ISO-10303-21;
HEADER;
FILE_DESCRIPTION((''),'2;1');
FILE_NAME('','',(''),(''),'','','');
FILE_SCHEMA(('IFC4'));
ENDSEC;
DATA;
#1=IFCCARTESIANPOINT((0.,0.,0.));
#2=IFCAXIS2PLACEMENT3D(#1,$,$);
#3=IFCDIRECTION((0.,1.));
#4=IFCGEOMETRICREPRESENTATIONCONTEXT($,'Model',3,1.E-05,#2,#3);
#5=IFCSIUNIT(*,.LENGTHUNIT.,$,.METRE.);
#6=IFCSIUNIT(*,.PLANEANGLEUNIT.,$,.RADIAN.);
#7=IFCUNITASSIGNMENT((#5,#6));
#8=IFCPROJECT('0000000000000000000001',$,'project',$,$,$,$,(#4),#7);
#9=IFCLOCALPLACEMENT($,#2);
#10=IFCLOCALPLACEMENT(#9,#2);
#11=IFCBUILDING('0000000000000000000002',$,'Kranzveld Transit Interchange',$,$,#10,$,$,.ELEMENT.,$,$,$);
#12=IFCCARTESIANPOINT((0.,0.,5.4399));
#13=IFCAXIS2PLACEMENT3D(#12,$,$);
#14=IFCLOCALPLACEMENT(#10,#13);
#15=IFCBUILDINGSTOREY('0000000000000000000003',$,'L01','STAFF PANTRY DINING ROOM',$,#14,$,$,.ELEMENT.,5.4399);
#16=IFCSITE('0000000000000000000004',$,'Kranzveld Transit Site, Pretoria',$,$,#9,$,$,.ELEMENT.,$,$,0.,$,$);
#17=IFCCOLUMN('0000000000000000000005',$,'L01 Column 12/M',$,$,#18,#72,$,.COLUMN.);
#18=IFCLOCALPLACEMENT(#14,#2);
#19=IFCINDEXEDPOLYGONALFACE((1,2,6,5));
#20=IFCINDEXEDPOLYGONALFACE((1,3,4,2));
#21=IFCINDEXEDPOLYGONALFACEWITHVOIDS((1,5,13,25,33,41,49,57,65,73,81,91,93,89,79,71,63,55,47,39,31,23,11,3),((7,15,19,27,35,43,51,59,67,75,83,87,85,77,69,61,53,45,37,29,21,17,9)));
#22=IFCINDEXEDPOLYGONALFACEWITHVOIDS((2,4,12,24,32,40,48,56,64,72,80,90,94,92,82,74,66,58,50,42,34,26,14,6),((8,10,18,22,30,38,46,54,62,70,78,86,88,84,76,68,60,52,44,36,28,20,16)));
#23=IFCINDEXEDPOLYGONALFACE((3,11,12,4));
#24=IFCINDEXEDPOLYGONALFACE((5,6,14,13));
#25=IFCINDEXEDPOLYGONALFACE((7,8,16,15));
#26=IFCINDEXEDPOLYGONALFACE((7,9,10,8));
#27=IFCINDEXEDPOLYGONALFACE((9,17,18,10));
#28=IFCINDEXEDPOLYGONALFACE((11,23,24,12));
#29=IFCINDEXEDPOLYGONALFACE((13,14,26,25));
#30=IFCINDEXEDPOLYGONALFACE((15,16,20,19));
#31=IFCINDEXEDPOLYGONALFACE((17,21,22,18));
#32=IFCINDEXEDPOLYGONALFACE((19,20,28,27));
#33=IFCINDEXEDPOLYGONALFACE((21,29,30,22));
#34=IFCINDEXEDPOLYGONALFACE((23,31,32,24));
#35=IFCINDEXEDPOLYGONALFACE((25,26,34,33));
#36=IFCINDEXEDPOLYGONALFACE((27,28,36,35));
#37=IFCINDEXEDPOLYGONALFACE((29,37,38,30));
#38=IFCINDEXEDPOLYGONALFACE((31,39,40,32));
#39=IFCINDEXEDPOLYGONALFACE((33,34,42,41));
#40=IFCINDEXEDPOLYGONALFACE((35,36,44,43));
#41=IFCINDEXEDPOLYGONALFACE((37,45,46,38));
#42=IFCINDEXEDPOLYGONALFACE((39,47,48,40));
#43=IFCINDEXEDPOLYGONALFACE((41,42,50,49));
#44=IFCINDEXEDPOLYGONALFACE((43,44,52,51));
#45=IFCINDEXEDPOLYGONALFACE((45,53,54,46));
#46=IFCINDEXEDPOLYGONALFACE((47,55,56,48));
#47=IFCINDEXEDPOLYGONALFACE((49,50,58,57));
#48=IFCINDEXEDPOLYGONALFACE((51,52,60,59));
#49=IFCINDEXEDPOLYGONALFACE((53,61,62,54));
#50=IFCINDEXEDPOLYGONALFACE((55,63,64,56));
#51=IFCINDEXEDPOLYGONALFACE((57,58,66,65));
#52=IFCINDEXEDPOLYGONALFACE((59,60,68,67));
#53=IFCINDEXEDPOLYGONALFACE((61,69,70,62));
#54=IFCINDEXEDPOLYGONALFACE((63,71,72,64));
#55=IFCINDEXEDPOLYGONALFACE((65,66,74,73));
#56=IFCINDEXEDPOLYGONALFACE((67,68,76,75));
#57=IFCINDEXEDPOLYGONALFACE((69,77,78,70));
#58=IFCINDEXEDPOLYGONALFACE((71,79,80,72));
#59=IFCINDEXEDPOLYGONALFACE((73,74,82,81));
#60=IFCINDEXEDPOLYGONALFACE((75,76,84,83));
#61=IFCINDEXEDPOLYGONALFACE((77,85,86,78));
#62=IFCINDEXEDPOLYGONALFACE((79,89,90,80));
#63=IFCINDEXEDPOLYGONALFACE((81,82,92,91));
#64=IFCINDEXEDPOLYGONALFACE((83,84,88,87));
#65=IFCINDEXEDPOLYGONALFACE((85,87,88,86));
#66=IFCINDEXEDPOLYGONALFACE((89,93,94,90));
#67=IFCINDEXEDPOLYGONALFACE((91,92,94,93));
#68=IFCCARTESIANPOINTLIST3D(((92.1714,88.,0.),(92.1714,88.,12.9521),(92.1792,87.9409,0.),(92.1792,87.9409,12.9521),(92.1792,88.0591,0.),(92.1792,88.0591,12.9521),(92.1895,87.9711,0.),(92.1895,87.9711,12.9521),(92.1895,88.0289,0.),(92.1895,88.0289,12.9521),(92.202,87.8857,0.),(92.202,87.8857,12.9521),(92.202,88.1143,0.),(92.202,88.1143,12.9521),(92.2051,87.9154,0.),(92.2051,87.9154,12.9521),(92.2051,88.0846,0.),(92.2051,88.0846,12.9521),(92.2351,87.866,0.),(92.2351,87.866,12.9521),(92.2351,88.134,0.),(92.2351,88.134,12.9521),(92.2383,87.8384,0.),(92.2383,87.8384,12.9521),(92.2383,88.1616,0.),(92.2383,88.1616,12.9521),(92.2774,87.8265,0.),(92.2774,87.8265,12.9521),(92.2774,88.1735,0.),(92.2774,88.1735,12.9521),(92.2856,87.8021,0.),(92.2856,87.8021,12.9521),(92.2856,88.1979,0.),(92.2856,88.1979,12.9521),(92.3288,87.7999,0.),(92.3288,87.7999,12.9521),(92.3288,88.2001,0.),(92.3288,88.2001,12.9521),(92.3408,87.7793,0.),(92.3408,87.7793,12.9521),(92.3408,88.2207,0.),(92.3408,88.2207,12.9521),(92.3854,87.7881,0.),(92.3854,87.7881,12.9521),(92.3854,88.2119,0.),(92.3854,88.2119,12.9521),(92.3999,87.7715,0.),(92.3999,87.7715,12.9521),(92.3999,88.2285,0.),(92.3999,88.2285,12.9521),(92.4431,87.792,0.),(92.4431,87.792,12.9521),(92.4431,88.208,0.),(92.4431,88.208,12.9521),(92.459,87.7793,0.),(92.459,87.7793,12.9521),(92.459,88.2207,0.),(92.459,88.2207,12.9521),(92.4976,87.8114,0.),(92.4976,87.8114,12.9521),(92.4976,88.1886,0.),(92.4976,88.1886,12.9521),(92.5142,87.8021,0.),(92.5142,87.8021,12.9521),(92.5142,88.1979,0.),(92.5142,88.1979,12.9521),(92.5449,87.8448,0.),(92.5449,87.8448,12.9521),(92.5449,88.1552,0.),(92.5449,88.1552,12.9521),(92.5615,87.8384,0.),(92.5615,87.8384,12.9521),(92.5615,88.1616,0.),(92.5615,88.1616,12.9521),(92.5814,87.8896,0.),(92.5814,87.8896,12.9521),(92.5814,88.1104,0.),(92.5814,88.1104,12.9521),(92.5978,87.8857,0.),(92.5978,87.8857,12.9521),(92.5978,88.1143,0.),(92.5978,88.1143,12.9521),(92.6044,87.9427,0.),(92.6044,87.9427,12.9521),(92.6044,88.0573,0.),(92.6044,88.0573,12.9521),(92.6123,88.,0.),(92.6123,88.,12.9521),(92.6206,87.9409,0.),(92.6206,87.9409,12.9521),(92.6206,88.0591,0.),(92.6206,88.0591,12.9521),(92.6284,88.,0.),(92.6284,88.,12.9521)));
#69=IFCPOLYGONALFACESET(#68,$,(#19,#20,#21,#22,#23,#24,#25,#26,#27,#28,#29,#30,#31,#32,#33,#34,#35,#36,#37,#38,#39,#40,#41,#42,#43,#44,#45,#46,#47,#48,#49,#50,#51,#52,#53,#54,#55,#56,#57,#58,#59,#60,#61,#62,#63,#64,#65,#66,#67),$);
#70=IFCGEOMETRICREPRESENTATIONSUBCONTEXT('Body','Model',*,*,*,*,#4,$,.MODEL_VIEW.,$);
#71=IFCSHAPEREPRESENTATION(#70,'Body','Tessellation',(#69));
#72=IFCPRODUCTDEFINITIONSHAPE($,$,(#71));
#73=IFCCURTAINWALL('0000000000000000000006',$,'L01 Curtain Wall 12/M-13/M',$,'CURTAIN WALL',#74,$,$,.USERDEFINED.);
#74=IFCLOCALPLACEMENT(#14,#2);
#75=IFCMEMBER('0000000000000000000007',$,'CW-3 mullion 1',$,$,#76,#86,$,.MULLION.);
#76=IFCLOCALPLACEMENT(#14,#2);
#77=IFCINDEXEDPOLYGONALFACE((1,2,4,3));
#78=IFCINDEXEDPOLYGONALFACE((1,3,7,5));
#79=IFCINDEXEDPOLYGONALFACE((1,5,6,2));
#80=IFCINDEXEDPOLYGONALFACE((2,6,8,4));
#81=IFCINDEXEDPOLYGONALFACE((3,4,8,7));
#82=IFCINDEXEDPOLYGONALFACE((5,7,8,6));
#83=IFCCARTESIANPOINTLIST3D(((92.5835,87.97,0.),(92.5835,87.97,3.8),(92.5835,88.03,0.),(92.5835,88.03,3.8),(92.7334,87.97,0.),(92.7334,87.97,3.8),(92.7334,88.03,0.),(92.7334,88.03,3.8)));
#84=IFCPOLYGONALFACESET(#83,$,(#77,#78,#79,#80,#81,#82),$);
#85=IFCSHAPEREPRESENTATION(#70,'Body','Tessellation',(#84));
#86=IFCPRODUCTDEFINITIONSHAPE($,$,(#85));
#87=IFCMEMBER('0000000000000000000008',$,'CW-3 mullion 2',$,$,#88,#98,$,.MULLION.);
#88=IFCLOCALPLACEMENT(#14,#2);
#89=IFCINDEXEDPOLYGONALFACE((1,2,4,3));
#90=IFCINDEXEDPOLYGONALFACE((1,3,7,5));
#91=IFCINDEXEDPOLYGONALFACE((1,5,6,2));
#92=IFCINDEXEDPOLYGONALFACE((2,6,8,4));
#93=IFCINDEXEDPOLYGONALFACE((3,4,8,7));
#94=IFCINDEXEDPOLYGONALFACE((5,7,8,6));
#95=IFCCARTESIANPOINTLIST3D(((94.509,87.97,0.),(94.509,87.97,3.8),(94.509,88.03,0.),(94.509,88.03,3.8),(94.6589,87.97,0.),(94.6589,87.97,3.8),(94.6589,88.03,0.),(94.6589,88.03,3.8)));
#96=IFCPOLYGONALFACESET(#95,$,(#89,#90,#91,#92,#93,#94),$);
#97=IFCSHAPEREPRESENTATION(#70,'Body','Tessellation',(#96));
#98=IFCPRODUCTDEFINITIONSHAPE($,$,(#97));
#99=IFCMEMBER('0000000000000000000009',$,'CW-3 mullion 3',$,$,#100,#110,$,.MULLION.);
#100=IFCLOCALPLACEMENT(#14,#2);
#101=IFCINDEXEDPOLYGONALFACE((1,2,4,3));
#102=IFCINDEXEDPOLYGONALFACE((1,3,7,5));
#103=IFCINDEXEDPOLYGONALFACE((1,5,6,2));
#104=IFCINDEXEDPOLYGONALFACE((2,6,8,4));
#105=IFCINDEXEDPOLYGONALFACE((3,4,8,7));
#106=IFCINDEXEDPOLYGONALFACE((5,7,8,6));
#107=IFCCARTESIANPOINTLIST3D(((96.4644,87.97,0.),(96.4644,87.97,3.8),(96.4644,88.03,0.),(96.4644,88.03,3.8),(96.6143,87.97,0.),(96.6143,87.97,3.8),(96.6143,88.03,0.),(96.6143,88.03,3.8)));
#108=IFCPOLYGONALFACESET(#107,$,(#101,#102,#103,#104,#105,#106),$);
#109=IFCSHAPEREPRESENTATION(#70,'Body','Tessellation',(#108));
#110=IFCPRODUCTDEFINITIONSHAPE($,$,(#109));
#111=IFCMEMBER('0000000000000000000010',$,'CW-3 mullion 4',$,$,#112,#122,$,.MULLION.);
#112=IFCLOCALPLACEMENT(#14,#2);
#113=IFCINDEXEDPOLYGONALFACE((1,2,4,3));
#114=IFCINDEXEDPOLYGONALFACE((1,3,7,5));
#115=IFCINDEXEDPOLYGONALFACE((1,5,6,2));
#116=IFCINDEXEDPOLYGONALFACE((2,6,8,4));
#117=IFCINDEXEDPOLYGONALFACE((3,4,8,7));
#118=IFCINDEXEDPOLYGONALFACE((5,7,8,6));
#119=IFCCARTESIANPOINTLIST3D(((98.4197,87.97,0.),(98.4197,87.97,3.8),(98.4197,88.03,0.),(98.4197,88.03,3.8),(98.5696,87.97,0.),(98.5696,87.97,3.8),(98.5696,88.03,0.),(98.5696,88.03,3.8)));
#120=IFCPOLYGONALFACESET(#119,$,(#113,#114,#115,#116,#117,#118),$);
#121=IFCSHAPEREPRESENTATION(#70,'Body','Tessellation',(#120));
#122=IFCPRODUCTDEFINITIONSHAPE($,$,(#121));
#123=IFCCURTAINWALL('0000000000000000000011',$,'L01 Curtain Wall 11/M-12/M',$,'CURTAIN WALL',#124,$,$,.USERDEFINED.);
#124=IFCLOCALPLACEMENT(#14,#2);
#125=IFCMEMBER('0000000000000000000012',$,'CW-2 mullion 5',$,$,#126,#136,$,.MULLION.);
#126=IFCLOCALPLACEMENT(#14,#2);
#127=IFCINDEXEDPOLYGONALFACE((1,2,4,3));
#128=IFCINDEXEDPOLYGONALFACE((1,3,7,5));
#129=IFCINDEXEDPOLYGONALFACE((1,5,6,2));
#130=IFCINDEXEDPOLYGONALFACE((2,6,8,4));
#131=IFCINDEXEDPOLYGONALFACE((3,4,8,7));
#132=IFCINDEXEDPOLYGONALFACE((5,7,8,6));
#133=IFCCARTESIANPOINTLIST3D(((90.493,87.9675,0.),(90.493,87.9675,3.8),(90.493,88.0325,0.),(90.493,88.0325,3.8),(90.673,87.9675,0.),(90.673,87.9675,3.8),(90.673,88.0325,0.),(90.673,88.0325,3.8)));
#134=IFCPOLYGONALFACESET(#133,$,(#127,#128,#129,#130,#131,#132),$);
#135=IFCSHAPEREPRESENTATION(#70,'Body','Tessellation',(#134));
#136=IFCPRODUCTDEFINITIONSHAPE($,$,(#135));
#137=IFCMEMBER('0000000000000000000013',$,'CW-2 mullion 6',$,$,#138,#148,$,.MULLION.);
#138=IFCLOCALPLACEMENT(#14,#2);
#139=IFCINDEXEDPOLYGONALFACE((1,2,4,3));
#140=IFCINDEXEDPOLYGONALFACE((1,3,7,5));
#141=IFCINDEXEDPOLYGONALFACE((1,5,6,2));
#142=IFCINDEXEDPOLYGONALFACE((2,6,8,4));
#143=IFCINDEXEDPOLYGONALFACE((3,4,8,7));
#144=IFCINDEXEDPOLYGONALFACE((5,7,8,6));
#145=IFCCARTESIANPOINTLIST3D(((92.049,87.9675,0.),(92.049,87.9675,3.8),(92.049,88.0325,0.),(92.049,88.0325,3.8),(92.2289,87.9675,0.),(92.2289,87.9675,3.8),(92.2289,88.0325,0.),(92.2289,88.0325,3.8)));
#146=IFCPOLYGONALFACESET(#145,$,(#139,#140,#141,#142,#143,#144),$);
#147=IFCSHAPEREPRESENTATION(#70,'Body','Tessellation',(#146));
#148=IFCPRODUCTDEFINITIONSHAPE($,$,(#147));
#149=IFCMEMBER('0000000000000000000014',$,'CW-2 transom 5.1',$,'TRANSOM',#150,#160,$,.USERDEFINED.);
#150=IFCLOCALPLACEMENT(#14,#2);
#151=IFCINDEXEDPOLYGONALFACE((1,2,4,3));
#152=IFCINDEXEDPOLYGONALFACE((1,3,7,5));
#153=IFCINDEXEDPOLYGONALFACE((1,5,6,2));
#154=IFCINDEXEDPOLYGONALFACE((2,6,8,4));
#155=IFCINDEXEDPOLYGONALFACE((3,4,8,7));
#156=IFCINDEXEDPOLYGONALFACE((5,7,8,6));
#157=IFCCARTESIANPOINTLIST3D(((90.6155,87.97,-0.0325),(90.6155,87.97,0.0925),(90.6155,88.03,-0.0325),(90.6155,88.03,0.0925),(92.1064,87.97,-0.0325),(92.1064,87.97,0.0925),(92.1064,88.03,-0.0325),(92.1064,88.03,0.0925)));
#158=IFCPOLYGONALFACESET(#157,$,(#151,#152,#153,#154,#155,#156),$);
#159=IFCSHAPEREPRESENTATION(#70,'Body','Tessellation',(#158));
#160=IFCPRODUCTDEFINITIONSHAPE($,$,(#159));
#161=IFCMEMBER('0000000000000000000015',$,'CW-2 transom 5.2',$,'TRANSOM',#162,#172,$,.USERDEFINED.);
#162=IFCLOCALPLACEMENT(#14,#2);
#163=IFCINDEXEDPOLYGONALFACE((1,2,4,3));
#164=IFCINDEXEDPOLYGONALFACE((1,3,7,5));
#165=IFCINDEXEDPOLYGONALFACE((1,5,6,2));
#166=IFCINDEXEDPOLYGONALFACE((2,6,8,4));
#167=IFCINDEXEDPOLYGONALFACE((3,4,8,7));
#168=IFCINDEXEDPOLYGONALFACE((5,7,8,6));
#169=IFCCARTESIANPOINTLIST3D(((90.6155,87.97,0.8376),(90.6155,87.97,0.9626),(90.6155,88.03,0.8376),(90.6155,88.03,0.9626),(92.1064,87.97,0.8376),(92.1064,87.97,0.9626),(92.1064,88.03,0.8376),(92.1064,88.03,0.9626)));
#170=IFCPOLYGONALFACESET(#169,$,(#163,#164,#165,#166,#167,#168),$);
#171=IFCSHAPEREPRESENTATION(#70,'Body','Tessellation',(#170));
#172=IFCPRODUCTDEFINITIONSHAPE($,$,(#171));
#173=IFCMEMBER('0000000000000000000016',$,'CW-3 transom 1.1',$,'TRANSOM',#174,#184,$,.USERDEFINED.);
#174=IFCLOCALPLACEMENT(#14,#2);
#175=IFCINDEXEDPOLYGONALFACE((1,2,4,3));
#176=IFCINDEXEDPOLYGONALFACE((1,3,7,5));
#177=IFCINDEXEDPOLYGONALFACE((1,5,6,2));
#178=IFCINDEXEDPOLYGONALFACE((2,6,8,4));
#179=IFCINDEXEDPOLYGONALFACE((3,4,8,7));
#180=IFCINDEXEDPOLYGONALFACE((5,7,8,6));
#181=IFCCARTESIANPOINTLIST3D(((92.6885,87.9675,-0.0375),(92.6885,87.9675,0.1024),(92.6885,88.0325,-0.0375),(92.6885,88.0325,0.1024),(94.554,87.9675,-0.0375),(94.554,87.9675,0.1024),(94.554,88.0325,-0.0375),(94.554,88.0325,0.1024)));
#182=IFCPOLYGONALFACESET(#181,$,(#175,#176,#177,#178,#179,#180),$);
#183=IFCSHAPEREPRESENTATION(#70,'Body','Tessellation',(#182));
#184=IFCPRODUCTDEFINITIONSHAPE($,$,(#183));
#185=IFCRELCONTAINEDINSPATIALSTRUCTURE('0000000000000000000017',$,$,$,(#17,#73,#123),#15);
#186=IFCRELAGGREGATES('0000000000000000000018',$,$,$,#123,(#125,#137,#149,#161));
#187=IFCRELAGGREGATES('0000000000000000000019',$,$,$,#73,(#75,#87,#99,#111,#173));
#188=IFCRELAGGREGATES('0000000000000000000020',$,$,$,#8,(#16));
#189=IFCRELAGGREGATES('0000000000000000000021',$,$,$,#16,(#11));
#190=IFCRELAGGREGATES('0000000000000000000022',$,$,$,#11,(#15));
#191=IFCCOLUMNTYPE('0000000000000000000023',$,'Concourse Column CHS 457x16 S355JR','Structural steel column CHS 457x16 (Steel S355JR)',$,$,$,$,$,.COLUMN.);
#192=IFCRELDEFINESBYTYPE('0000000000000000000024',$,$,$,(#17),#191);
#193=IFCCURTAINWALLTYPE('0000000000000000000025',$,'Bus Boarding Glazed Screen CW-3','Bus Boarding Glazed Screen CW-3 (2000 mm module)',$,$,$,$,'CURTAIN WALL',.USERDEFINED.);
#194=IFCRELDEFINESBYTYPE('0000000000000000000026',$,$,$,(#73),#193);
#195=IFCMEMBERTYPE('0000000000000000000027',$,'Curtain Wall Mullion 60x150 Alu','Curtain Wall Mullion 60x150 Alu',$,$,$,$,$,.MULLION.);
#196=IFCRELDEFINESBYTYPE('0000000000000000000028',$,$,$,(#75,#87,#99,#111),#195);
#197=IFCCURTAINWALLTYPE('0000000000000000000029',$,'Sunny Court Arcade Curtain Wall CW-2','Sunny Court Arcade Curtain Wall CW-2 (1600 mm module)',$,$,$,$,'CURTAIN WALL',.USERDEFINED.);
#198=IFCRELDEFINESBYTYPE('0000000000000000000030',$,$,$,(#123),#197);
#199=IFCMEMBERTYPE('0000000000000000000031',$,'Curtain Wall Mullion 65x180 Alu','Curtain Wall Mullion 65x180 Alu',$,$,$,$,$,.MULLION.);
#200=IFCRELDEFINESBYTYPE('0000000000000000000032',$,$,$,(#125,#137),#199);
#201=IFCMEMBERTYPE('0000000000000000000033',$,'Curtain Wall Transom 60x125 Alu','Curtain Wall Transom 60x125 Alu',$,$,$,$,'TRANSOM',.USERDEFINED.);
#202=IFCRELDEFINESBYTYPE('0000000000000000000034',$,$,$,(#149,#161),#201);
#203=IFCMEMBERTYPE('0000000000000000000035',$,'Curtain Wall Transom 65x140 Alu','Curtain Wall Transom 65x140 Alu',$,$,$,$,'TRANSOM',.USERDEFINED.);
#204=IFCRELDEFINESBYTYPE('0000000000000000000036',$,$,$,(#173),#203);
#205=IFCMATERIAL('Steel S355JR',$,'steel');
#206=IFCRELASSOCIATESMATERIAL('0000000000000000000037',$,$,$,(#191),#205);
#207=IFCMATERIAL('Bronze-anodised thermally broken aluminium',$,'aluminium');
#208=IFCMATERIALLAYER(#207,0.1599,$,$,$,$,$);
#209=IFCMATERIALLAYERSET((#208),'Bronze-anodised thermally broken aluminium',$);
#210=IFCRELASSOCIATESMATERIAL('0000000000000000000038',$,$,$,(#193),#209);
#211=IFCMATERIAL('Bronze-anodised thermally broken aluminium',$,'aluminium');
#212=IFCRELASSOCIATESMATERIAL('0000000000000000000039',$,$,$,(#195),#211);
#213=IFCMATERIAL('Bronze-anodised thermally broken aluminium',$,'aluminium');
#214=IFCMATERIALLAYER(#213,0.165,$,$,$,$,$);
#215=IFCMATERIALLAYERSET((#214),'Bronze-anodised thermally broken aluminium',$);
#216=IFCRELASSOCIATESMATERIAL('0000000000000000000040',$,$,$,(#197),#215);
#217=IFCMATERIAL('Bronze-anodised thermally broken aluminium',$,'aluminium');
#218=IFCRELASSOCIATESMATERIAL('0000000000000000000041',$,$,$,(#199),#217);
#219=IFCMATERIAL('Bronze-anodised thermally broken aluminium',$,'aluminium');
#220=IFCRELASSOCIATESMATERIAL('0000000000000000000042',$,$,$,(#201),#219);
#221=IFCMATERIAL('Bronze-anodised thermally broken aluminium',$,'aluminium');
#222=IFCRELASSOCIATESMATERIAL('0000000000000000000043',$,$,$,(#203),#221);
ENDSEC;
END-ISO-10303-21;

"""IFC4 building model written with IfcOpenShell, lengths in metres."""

from ifc_helpers import new_model, si_unit, direction, frame, origin, origin_2d, place, context, subcontext, project, spatial, rectangle, hollow_circle, extrude, material, layer, layer_set, material_profile, profile_set, type_object, element, aggregate, save


model = new_model("IFC4")

# Units and contexts
model_context = context("Model", 3, precision=1e-05, world=origin(), true_north=direction((0.0, 1.0)))
body_context = subcontext(model_context, "Body", "Model", "MODEL_VIEW")
ifc_project = project(units=[si_unit("LENGTHUNIT", "METRE"), si_unit("PLANEANGLEUNIT", "RADIAN")], contexts=[model_context])

# Site, building, storey
site_placement = place(None, origin())
site = spatial("IfcSite", under=ifc_project, at=site_placement, Name="Kranzveld Transit Site, Pretoria", CompositionType="ELEMENT", RefElevation=0.0)
building_placement = place(site_placement, origin())
building = spatial("IfcBuilding", under=site, at=building_placement, Name="Kranzveld Transit Interchange", CompositionType="ELEMENT")
storey_placement = place(building_placement, frame((0.0, 0.0, 5.4399)))
storey = spatial("IfcBuildingStorey", under=building, at=storey_placement, Name="L01", Description="STAFF PANTRY DINING ROOM", CompositionType="ELEMENT", Elevation=5.4399)

# Column
ifc_material_1 = material(Name="Steel S355JR", Category="steel")
ifc_material_profile_1 = material_profile(ifc_material_1, hollow_circle(Radius=0.2285, WallThickness=0.0161, at=origin_2d()), Name="CHS 457x16")
ifc_profile_set_1 = profile_set([ifc_material_profile_1], Name="Steel S355JR")
column_type = type_object("IfcColumnType", Name="Concourse Column CHS 457x16 S355JR", Description="Structural steel column CHS 457x16 (Steel S355JR)", PredefinedType="COLUMN", material=ifc_profile_set_1)
column_placement = place(storey_placement, frame((92.3999, 88.0, 0.0), z_axis=(0.0, 0.0, 1.0), x_axis=(1.0, 0.0, 0.0)))
element("IfcColumn", 1, at=column_placement, inside=storey, type_object=column_type, Name="L01 Column 12/M", PredefinedType="COLUMN", context=body_context, shape_type="SweptSolid", body=[
    extrude(hollow_circle(Radius=0.2285, WallThickness=0.0161, at=origin_2d()), origin(), (0.0, 0.0, 1.0), 12.9521),
])

# Curtain walls, members
ifc_material_2 = material(Name="Bronze-anodised thermally broken aluminium", Category="aluminium")
ifc_layer_1 = layer(ifc_material_2, 0.1599)
ifc_layer_set_1 = layer_set([ifc_layer_1], Name="Bronze-anodised thermally broken aluminium")
curtain_wall_type_1 = type_object("IfcCurtainWallType", Name="Bus Boarding Glazed Screen CW-3", Description="Bus Boarding Glazed Screen CW-3 (2000 mm module)", ElementType="CURTAIN WALL", PredefinedType="USERDEFINED", material=ifc_layer_set_1)
curtain_wall_1_placement = place(storey_placement, origin())
curtain_wall_1 = element("IfcCurtainWall", 2, at=curtain_wall_1_placement, inside=storey, type_object=curtain_wall_type_1, Name="L01 Curtain Wall 12/M-13/M", ObjectType="CURTAIN WALL", PredefinedType="USERDEFINED")
ifc_material_3 = material(Name="Bronze-anodised thermally broken aluminium", Category="aluminium")
ifc_material_profile_2 = material_profile(ifc_material_3, rectangle(XDim=0.0601, YDim=0.1499, at=origin_2d()), Name="ALU MULLION 60x150")
ifc_profile_set_2 = profile_set([ifc_material_profile_2], Name="Bronze-anodised thermally broken aluminium")
member_type_1 = type_object("IfcMemberType", Name="Curtain Wall Mullion 60x150 Alu", Description="Curtain Wall Mullion 60x150 Alu", PredefinedType="MULLION", material=ifc_profile_set_2)
member_1_placement = place(storey_placement, frame((92.6584, 88.0, 0.0), z_axis=(0.0, 0.0, 1.0), x_axis=(0.0, 1.0, 0.0)))
member_1 = element("IfcMember", 3, at=member_1_placement, type_object=member_type_1, Name="CW-3 mullion 1", PredefinedType="MULLION", context=body_context, shape_type="SweptSolid", body=[
    extrude(rectangle(XDim=0.0601, YDim=0.1499, at=origin_2d()), origin(), (0.0, 0.0, 1.0), 3.8),
])
member_2_placement = place(storey_placement, frame((94.584, 88.0, 0.0), z_axis=(0.0, 0.0, 1.0), x_axis=(0.0, 1.0, 0.0)))
member_2 = element("IfcMember", 4, at=member_2_placement, type_object=member_type_1, Name="CW-3 mullion 2", PredefinedType="MULLION", context=body_context, shape_type="SweptSolid", body=[
    extrude(rectangle(XDim=0.0601, YDim=0.1499, at=origin_2d()), origin(), (0.0, 0.0, 1.0), 3.8),
])
member_3_placement = place(storey_placement, frame((96.5393, 88.0, 0.0), z_axis=(0.0, 0.0, 1.0), x_axis=(0.0, 1.0, 0.0)))
member_3 = element("IfcMember", 5, at=member_3_placement, type_object=member_type_1, Name="CW-3 mullion 3", PredefinedType="MULLION", context=body_context, shape_type="SweptSolid", body=[
    extrude(rectangle(XDim=0.0601, YDim=0.1499, at=origin_2d()), origin(), (0.0, 0.0, 1.0), 3.8),
])
member_4_placement = place(storey_placement, frame((98.4946, 88.0, 0.0), z_axis=(0.0, 0.0, 1.0), x_axis=(0.0, 1.0, 0.0)))
member_4 = element("IfcMember", 6, at=member_4_placement, type_object=member_type_1, Name="CW-3 mullion 4", PredefinedType="MULLION", context=body_context, shape_type="SweptSolid", body=[
    extrude(rectangle(XDim=0.0601, YDim=0.1499, at=origin_2d()), origin(), (0.0, 0.0, 1.0), 3.8),
])
ifc_material_4 = material(Name="Bronze-anodised thermally broken aluminium", Category="aluminium")
ifc_layer_2 = layer(ifc_material_4, 0.165)
ifc_layer_set_2 = layer_set([ifc_layer_2], Name="Bronze-anodised thermally broken aluminium")
curtain_wall_type_2 = type_object("IfcCurtainWallType", Name="Sunny Court Arcade Curtain Wall CW-2", Description="Sunny Court Arcade Curtain Wall CW-2 (1600 mm module)", ElementType="CURTAIN WALL", PredefinedType="USERDEFINED", material=ifc_layer_set_2)
curtain_wall_2_placement = place(storey_placement, origin())
curtain_wall_2 = element("IfcCurtainWall", 7, at=curtain_wall_2_placement, inside=storey, type_object=curtain_wall_type_2, Name="L01 Curtain Wall 11/M-12/M", ObjectType="CURTAIN WALL", PredefinedType="USERDEFINED")
ifc_material_5 = material(Name="Bronze-anodised thermally broken aluminium", Category="aluminium")
ifc_material_profile_3 = material_profile(ifc_material_5, rectangle(XDim=0.0649, YDim=0.1799, at=origin_2d()), Name="ALU MULLION 65x180")
ifc_profile_set_3 = profile_set([ifc_material_profile_3], Name="Bronze-anodised thermally broken aluminium")
member_type_2 = type_object("IfcMemberType", Name="Curtain Wall Mullion 65x180 Alu", Description="Curtain Wall Mullion 65x180 Alu", PredefinedType="MULLION", material=ifc_profile_set_3)
member_5_placement = place(storey_placement, frame((90.583, 88.0, 0.0), z_axis=(0.0, 0.0, 1.0), x_axis=(0.0, 1.0, 0.0)))
member_5 = element("IfcMember", 8, at=member_5_placement, type_object=member_type_2, Name="CW-2 mullion 5", PredefinedType="MULLION", context=body_context, shape_type="SweptSolid", body=[
    extrude(rectangle(XDim=0.0649, YDim=0.1799, at=origin_2d()), origin(), (0.0, 0.0, 1.0), 3.8),
])
member_6_placement = place(storey_placement, frame((92.1389, 88.0, 0.0), z_axis=(0.0, 0.0, 1.0), x_axis=(0.0, 1.0, 0.0)))
member_6 = element("IfcMember", 9, at=member_6_placement, type_object=member_type_2, Name="CW-2 mullion 6", PredefinedType="MULLION", context=body_context, shape_type="SweptSolid", body=[
    extrude(rectangle(XDim=0.0649, YDim=0.1799, at=origin_2d()), origin(), (0.0, 0.0, 1.0), 3.8),
])
ifc_material_6 = material(Name="Bronze-anodised thermally broken aluminium", Category="aluminium")
ifc_material_profile_4 = material_profile(ifc_material_6, rectangle(XDim=0.0601, YDim=0.125, at=origin_2d()), Name="ALU TRANSOM 60x125")
ifc_profile_set_4 = profile_set([ifc_material_profile_4], Name="Bronze-anodised thermally broken aluminium")
member_type_3 = type_object("IfcMemberType", Name="Curtain Wall Transom 60x125 Alu", Description="Curtain Wall Transom 60x125 Alu", ElementType="TRANSOM", PredefinedType="USERDEFINED", material=ifc_profile_set_4)
member_7_placement = place(storey_placement, frame((90.6155, 88.0, 0.03), z_axis=(1.0, 0.0, 0.0), x_axis=(0.0, 1.0, 0.0)))
member_7 = element("IfcMember", 10, at=member_7_placement, type_object=member_type_3, Name="CW-2 transom 5.1", ObjectType="TRANSOM", PredefinedType="USERDEFINED", context=body_context, shape_type="SweptSolid", body=[
    extrude(rectangle(XDim=0.0601, YDim=0.125, at=origin_2d()), origin(), (0.0, 0.0, 1.0), 1.491),
])
member_8_placement = place(storey_placement, frame((90.6155, 88.0, 0.9001), z_axis=(1.0, 0.0, 0.0), x_axis=(0.0, 1.0, 0.0)))
member_8 = element("IfcMember", 11, at=member_8_placement, type_object=member_type_3, Name="CW-2 transom 5.2", ObjectType="TRANSOM", PredefinedType="USERDEFINED", context=body_context, shape_type="SweptSolid", body=[
    extrude(rectangle(XDim=0.0601, YDim=0.125, at=origin_2d()), origin(), (0.0, 0.0, 1.0), 1.491),
])

# Member
ifc_material_7 = material(Name="Bronze-anodised thermally broken aluminium", Category="aluminium")
ifc_material_profile_5 = material_profile(ifc_material_7, rectangle(XDim=0.0649, YDim=0.1399, at=origin_2d()), Name="ALU TRANSOM 65x140")
ifc_profile_set_5 = profile_set([ifc_material_profile_5], Name="Bronze-anodised thermally broken aluminium")
member_type_4 = type_object("IfcMemberType", Name="Curtain Wall Transom 65x140 Alu", Description="Curtain Wall Transom 65x140 Alu", ElementType="TRANSOM", PredefinedType="USERDEFINED", material=ifc_profile_set_5)
member_9_placement = place(storey_placement, frame((92.6885, 88.0, 0.0325), z_axis=(1.0, 0.0, 0.0), x_axis=(0.0, 1.0, 0.0)))
member_9 = element("IfcMember", 12, at=member_9_placement, type_object=member_type_4, Name="CW-3 transom 1.1", ObjectType="TRANSOM", PredefinedType="USERDEFINED", context=body_context, shape_type="SweptSolid", body=[
    extrude(rectangle(XDim=0.0649, YDim=0.1399, at=origin_2d()), origin(), (0.0, 0.0, 1.0), 1.8655),
])

aggregate(curtain_wall_2, [member_5, member_6, member_7, member_8])
aggregate(curtain_wall_1, [member_1, member_2, member_3, member_4, member_9])

save(model, "model.ifc")
